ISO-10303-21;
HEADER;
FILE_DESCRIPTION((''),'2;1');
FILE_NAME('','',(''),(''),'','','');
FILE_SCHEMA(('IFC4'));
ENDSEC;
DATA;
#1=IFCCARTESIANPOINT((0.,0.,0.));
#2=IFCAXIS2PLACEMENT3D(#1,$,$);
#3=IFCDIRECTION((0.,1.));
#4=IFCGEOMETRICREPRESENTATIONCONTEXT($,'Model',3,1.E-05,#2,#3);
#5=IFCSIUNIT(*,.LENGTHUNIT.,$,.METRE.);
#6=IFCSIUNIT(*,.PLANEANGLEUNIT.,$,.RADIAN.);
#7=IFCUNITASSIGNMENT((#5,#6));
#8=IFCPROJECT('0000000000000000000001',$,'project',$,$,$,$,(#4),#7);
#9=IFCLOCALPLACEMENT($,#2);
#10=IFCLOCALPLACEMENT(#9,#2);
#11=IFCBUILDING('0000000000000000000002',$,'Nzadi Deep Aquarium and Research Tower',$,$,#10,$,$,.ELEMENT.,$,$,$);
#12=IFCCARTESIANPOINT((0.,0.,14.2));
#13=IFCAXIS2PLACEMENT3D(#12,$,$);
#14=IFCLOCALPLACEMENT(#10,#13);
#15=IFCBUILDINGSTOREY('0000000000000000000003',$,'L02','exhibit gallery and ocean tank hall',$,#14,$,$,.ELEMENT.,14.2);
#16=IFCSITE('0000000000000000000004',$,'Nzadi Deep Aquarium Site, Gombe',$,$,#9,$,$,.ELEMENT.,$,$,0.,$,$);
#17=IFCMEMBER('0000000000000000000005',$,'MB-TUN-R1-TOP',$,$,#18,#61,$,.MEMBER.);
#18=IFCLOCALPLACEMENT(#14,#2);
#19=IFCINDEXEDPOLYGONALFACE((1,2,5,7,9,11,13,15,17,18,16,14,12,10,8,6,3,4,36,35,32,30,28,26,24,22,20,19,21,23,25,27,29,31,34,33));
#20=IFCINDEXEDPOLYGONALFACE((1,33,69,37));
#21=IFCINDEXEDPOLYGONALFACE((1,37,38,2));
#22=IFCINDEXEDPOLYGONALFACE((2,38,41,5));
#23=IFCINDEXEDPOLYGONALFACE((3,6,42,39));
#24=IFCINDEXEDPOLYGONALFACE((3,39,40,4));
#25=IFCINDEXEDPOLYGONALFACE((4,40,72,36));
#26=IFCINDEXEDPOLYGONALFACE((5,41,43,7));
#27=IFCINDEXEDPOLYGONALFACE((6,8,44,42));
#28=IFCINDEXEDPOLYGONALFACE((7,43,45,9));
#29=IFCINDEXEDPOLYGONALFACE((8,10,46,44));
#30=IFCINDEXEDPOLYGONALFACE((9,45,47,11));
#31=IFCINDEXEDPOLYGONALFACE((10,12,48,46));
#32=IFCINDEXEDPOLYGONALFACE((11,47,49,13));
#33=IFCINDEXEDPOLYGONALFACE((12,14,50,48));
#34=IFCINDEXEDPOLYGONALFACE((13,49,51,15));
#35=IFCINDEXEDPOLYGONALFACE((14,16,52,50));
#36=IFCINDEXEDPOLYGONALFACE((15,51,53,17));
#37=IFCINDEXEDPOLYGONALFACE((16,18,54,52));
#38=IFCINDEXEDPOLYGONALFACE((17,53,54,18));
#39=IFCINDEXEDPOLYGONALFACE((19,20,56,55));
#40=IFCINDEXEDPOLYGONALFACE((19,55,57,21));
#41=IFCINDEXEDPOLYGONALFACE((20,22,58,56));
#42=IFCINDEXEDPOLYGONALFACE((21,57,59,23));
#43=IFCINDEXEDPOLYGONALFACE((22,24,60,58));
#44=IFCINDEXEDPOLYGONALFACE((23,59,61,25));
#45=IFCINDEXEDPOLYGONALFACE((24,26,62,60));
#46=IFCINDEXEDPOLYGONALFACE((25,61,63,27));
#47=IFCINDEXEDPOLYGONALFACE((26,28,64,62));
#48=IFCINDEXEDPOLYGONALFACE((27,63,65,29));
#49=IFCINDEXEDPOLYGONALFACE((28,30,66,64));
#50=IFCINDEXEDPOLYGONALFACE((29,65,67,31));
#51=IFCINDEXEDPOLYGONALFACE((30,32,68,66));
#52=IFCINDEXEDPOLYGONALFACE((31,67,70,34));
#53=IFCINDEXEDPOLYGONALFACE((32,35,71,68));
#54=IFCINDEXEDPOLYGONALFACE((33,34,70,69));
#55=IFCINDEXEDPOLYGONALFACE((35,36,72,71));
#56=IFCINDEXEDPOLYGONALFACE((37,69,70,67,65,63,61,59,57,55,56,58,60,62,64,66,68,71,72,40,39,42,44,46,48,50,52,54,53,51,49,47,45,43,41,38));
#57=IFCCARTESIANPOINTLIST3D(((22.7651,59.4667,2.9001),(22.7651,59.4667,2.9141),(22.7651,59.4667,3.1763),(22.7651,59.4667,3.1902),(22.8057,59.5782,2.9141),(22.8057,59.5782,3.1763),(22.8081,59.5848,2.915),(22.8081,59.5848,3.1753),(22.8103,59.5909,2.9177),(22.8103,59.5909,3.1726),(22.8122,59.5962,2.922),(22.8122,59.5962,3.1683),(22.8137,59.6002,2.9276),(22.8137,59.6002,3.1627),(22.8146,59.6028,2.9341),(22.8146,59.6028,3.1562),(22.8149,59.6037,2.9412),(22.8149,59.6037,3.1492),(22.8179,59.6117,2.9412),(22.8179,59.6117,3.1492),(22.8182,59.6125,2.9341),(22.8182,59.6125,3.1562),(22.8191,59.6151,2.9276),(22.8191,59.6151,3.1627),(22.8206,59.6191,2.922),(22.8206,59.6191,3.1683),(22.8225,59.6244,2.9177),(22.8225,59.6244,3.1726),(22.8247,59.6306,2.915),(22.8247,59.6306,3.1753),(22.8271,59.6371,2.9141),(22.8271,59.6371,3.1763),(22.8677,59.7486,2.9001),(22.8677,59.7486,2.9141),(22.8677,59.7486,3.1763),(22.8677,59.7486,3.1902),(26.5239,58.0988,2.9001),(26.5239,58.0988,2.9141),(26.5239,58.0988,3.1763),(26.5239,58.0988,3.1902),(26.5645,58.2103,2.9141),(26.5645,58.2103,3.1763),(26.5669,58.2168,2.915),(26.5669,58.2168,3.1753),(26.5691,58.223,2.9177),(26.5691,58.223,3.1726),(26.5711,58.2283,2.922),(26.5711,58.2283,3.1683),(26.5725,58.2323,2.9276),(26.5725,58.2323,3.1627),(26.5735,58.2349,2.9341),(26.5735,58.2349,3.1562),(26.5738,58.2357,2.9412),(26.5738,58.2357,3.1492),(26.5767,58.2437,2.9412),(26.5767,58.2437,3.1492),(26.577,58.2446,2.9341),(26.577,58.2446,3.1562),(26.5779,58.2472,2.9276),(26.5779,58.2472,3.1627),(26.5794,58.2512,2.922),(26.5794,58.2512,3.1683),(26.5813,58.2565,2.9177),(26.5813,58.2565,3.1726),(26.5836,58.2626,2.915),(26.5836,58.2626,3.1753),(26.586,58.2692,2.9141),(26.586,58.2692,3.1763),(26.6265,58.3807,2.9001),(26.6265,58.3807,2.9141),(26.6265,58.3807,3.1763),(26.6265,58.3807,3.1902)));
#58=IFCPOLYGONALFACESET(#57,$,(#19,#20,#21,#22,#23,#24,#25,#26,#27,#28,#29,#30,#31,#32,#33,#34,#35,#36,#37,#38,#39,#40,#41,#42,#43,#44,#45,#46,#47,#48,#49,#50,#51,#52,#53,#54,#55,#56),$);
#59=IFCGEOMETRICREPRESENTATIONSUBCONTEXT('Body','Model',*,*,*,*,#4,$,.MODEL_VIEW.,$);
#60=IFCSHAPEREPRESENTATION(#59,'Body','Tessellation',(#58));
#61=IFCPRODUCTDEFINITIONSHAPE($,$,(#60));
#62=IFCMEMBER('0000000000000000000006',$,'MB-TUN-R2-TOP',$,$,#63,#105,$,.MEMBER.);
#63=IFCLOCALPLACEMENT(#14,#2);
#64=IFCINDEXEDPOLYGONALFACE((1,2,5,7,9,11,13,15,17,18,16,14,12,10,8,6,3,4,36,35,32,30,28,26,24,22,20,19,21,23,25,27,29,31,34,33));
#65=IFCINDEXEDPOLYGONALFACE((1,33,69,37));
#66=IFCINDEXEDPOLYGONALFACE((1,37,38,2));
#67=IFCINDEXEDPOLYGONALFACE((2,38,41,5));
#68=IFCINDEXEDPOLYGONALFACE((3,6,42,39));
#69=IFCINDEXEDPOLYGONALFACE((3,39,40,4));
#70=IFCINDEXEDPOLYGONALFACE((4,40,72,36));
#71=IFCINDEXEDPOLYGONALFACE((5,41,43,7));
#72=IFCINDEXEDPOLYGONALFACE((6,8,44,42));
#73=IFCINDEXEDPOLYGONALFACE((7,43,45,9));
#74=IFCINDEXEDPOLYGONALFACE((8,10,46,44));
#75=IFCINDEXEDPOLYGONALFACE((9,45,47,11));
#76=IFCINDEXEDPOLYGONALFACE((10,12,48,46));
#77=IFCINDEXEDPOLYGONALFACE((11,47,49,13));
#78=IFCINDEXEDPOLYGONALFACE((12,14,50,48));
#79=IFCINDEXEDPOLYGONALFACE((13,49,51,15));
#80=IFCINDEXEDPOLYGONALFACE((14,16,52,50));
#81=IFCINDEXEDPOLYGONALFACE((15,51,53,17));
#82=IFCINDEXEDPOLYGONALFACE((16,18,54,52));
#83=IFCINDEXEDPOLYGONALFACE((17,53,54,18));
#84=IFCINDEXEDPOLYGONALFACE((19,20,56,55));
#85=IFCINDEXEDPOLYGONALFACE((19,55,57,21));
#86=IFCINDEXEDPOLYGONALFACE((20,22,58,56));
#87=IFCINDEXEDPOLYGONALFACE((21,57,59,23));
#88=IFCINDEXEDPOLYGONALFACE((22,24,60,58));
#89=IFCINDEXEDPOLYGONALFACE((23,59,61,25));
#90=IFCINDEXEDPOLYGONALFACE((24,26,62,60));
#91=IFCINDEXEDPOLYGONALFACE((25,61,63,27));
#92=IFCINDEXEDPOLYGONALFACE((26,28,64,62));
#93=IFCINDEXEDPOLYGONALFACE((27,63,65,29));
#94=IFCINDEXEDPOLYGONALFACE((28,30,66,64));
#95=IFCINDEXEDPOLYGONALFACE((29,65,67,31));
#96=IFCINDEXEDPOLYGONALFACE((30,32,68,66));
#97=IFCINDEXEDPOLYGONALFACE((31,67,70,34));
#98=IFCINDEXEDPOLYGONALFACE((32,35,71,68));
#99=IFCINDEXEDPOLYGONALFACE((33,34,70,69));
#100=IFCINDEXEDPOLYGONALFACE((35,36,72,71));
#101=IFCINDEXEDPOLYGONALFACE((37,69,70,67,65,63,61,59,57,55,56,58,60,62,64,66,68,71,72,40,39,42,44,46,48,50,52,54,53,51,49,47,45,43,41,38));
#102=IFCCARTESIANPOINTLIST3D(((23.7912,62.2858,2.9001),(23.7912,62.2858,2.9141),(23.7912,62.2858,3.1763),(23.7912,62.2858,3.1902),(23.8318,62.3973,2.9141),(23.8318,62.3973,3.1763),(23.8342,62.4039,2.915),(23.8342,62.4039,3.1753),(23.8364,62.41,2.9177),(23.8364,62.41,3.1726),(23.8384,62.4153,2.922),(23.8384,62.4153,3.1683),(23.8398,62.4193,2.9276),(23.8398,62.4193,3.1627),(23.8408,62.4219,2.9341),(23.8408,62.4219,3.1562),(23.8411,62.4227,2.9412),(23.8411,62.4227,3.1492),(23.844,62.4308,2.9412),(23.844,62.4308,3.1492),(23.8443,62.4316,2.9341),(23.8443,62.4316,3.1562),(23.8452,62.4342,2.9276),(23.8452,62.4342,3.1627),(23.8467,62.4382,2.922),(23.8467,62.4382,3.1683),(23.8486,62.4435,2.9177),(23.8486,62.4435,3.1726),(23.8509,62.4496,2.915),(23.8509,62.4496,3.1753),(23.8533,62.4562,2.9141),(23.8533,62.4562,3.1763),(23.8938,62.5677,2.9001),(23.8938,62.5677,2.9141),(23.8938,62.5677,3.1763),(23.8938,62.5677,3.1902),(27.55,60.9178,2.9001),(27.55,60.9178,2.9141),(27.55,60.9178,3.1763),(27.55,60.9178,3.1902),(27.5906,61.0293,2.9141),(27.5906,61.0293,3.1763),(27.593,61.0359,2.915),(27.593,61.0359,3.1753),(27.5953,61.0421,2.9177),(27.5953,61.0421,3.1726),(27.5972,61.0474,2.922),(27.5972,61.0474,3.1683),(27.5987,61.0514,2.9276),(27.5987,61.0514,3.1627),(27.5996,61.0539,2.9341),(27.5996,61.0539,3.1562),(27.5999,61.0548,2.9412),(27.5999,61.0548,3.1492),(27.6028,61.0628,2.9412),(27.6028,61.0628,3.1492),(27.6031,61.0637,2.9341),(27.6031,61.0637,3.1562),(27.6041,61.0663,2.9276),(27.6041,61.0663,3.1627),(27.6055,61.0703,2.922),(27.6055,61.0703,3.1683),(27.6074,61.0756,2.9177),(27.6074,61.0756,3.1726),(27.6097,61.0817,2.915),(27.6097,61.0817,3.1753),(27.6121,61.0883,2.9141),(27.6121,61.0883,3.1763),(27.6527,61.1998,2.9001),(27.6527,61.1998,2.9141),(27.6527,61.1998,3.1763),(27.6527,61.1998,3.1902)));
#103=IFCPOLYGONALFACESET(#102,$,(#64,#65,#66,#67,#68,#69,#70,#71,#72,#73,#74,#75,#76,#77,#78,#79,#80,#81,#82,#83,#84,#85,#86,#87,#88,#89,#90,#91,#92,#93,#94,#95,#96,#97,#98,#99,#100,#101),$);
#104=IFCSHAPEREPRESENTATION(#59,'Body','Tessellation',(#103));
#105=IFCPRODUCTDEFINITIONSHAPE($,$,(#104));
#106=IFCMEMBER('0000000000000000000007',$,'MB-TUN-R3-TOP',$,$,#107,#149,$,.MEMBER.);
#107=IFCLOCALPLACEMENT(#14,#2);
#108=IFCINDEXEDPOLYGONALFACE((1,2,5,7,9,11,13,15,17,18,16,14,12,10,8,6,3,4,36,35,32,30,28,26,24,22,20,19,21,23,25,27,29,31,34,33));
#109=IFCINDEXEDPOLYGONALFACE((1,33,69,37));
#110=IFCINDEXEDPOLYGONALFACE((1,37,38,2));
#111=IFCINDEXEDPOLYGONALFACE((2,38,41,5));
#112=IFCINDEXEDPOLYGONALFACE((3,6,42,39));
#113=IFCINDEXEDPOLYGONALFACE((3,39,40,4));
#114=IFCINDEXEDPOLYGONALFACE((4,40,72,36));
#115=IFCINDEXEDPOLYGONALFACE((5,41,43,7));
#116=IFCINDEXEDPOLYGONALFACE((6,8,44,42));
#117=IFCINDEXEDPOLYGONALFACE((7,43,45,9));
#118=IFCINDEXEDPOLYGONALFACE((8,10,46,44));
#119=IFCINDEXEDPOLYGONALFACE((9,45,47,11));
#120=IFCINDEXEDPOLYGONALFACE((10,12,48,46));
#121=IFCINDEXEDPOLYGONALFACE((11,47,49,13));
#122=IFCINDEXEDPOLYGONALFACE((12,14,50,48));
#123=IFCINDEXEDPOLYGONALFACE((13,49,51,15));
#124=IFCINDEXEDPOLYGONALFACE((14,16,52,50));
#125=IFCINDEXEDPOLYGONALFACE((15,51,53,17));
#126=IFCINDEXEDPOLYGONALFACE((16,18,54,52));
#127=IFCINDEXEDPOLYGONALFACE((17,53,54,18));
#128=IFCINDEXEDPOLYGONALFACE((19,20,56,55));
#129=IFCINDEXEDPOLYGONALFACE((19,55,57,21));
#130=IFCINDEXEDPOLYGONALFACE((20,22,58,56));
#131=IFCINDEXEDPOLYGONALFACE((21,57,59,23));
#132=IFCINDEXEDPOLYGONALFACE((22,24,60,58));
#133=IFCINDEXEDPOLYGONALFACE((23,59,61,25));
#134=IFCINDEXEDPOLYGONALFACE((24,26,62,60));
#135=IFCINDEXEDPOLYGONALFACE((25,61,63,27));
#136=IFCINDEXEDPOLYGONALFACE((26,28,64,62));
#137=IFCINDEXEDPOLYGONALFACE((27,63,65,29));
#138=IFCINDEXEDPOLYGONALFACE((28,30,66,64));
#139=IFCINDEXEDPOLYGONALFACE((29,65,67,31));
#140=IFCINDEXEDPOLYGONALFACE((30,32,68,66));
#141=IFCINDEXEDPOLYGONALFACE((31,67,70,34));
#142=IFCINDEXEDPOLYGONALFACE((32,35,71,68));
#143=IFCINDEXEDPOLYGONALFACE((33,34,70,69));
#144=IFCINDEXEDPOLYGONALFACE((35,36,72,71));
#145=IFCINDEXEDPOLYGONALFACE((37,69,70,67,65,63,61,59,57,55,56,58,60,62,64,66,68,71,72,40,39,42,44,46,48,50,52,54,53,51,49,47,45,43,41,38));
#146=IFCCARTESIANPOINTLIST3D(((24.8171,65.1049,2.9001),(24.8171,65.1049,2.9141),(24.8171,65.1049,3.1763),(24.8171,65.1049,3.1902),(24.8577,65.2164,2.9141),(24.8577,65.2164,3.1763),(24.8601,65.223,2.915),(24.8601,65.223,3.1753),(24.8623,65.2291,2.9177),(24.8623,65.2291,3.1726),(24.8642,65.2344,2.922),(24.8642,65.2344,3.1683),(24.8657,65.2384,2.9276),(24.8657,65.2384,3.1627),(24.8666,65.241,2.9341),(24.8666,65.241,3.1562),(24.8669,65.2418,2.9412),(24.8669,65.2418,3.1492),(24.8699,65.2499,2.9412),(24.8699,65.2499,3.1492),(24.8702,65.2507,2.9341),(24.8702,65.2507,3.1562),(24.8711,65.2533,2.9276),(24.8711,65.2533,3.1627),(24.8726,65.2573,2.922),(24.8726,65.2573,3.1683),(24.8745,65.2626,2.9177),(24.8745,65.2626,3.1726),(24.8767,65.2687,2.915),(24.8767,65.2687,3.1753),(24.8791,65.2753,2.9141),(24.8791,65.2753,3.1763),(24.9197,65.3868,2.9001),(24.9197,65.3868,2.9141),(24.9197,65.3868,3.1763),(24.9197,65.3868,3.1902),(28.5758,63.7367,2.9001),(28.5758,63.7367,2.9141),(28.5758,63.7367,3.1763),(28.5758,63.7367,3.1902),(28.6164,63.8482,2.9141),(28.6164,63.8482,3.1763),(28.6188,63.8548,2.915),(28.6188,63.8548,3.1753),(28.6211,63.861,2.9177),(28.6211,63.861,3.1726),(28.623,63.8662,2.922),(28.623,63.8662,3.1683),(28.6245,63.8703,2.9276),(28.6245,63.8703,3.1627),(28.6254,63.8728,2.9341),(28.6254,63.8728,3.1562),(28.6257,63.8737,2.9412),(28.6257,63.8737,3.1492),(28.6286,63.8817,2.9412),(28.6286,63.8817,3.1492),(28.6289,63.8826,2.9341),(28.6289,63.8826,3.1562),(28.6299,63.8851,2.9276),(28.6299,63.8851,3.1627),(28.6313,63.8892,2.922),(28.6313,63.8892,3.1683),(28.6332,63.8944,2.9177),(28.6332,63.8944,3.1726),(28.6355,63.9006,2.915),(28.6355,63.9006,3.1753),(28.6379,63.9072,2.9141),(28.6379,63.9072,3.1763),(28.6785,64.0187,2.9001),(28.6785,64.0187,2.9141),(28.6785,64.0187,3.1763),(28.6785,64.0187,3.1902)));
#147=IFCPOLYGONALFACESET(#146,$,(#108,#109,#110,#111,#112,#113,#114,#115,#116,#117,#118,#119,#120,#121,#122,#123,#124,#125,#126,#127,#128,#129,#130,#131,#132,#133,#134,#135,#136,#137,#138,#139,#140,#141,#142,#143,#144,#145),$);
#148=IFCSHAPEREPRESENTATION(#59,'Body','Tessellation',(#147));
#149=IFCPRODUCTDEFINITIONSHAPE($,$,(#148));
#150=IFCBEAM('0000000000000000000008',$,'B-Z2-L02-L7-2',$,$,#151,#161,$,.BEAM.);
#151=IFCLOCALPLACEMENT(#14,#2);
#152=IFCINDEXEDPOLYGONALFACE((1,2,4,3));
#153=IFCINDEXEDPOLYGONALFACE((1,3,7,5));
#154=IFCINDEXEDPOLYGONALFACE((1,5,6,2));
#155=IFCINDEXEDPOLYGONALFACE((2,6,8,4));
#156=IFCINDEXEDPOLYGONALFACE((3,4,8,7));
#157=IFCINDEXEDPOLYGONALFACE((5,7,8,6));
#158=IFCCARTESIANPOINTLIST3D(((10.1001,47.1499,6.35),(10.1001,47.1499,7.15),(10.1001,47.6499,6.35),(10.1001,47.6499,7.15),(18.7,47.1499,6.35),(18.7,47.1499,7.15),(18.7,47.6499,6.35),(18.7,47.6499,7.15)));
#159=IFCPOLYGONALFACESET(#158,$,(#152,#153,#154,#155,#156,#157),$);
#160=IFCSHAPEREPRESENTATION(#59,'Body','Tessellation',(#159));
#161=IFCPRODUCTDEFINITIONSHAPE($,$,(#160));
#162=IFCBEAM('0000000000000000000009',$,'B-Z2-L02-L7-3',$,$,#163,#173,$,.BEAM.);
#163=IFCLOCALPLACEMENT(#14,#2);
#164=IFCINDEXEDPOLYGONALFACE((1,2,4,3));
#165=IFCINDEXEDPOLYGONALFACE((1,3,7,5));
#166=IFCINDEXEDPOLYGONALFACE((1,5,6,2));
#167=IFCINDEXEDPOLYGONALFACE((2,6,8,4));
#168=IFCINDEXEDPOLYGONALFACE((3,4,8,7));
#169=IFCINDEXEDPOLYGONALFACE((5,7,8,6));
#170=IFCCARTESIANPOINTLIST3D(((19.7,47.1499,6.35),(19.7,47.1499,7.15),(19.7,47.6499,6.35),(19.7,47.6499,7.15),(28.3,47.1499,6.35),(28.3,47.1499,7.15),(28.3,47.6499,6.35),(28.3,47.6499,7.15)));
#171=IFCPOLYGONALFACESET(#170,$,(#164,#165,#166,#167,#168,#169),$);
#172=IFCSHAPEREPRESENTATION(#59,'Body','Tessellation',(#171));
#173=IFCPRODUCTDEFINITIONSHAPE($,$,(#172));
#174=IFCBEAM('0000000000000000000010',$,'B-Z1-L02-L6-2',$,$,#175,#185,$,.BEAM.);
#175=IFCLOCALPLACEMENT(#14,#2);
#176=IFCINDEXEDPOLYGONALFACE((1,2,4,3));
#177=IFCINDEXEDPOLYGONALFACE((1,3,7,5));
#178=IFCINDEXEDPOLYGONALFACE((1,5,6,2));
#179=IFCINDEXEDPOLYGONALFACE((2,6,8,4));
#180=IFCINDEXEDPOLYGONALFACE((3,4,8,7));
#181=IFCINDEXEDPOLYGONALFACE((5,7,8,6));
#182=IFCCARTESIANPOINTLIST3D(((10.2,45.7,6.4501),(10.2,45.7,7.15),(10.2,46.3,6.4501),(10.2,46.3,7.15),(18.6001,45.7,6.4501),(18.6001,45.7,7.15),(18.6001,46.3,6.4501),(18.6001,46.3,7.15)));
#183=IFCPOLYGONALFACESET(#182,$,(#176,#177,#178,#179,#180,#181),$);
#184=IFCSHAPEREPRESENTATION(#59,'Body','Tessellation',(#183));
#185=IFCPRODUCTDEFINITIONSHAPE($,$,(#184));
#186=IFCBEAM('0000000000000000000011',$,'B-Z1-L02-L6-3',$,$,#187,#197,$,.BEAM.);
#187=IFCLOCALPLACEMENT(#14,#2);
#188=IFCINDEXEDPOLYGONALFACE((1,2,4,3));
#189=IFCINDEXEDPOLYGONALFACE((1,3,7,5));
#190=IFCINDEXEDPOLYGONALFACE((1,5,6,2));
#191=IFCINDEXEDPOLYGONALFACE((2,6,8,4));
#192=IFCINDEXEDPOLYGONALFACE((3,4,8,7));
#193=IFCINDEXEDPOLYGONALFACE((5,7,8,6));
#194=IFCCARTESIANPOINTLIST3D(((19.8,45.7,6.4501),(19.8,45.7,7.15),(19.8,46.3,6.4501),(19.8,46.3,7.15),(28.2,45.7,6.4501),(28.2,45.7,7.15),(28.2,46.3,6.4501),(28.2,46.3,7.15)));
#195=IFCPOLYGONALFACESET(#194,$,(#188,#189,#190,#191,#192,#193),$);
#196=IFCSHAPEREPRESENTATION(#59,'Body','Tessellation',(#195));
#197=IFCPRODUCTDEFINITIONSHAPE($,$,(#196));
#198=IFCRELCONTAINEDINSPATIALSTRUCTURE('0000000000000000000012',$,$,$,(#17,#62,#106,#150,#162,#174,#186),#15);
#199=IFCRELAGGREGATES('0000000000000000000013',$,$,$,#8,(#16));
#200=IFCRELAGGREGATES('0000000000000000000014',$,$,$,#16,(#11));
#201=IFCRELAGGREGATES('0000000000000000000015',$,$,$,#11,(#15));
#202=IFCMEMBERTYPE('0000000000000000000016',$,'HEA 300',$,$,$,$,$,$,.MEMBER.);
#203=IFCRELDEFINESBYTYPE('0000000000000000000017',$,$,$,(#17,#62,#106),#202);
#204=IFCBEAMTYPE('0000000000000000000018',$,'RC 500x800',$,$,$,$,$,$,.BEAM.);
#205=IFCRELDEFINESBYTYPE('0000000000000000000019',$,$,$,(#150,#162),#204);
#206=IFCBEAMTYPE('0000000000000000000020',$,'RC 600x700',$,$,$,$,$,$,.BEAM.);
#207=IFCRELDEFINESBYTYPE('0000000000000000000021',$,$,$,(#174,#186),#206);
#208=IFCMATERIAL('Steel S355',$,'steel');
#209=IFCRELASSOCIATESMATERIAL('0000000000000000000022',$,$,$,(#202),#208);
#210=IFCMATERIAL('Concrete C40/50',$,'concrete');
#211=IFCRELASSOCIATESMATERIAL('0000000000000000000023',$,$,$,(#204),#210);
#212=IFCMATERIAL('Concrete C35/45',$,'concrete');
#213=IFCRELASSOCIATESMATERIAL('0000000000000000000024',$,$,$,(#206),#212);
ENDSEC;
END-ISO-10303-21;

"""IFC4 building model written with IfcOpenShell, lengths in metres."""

from ifc_helpers import new_model, si_unit, direction, frame, origin, origin_2d, place, context, subcontext, project, spatial, rectangle, i_section, extrude, material, material_profile, profile_set, type_object, element, save


model = new_model("IFC4")

# Units and contexts
model_context = context("Model", 3, precision=1e-05, world=origin(), true_north=direction((0.0, 1.0)))
body_context = subcontext(model_context, "Body", "Model", "MODEL_VIEW")
ifc_project = project(units=[si_unit("LENGTHUNIT", "METRE"), si_unit("PLANEANGLEUNIT", "RADIAN")], contexts=[model_context])

# Site, building, storey
site_placement = place(None, origin())
site = spatial("IfcSite", under=ifc_project, at=site_placement, Name="Nzadi Deep Aquarium Site, Gombe", CompositionType="ELEMENT", RefElevation=0.0)
building_placement = place(site_placement, origin())
building = spatial("IfcBuilding", under=site, at=building_placement, Name="Nzadi Deep Aquarium and Research Tower", CompositionType="ELEMENT")
storey_placement = place(building_placement, frame((0.0, 0.0, 14.2)))
storey = spatial("IfcBuildingStorey", under=building, at=storey_placement, Name="L02", Description="exhibit gallery and ocean tank hall", CompositionType="ELEMENT", Elevation=14.2)

# Members
ifc_material_1 = material(Name="Steel S355", Category="steel")
ifc_material_profile_1 = material_profile(ifc_material_1, i_section(OverallWidth=0.3, OverallDepth=0.29, WebThickness=0.0085, FlangeThickness=0.0139, FilletRadius=0.0271, at=origin_2d()))
ifc_profile_set_1 = profile_set([ifc_material_profile_1], Name="Steel S355")
member_type_1 = type_object("IfcMemberType", Name="HEA 300", PredefinedType="MEMBER", material=ifc_profile_set_1)
for number, where, z_axis, x_axis, name in (
    (1, (22.8164, 59.6077, 3.0452), (0.939706, -0.341983, 0.0), (0.341983, 0.939706, 0.0), "MB-TUN-R1-TOP"),
    (2, (23.8425, 62.4268, 3.0452), (0.939706, -0.341983, 0.0), (0.341983, 0.939706, 0.0), "MB-TUN-R2-TOP"),
    (3, (24.8684, 65.2458, 3.0452), (0.939686, -0.342037, 0.0), (0.342037, 0.939686, 0.0), "MB-TUN-R3-TOP"),
):
    element("IfcMember", number, at=place(storey_placement, frame(where, z_axis=z_axis, x_axis=x_axis)), inside=storey, type_object=member_type_1, Name=name, PredefinedType="MEMBER", context=body_context, shape_type="SweptSolid", body=[
        extrude(i_section(OverallWidth=0.3, OverallDepth=0.29, WebThickness=0.0085, FlangeThickness=0.0139, FilletRadius=0.0271, at=origin_2d()), origin(), (0.0, 0.0, 1.0), 4.0),
    ])

# Beams
ifc_material_2 = material(Name="Concrete C40/50", Category="concrete")
ifc_material_profile_2 = material_profile(ifc_material_2, rectangle(XDim=0.5, YDim=0.8, at=origin_2d()))
ifc_profile_set_2 = profile_set([ifc_material_profile_2], Name="Concrete C40/50")
beam_type_1 = type_object("IfcBeamType", Name="RC 500x800", PredefinedType="BEAM", material=ifc_profile_set_2)
beam_1_placement = place(storey_placement, frame((10.1001, 47.3999, 6.75), z_axis=(1.0, 0.0, 0.0), x_axis=(0.0, 1.0, 0.0)))
element("IfcBeam", 4, at=beam_1_placement, inside=storey, type_object=beam_type_1, Name="B-Z2-L02-L7-2", PredefinedType="BEAM", context=body_context, shape_type="SweptSolid", body=[
    extrude(rectangle(XDim=0.5, YDim=0.8, at=origin_2d()), origin(), (0.0, 0.0, 1.0), 8.5999),
])
beam_2_placement = place(storey_placement, frame((19.7, 47.3999, 6.75), z_axis=(1.0, 0.0, 0.0), x_axis=(0.0, 1.0, 0.0)))
element("IfcBeam", 5, at=beam_2_placement, inside=storey, type_object=beam_type_1, Name="B-Z2-L02-L7-3", PredefinedType="BEAM", context=body_context, shape_type="SweptSolid", body=[
    extrude(rectangle(XDim=0.5, YDim=0.8, at=origin_2d()), origin(), (0.0, 0.0, 1.0), 8.6001),
])
ifc_material_3 = material(Name="Concrete C35/45", Category="concrete")
ifc_material_profile_3 = material_profile(ifc_material_3, rectangle(XDim=0.6001, YDim=0.7, at=origin_2d()))
ifc_profile_set_3 = profile_set([ifc_material_profile_3], Name="Concrete C35/45")
beam_type_2 = type_object("IfcBeamType", Name="RC 600x700", PredefinedType="BEAM", material=ifc_profile_set_3)
beam_3_placement = place(storey_placement, frame((10.2, 46.0, 6.8), z_axis=(1.0, 0.0, 0.0), x_axis=(0.0, 1.0, 0.0)))
element("IfcBeam", 6, at=beam_3_placement, inside=storey, type_object=beam_type_2, Name="B-Z1-L02-L6-2", PredefinedType="BEAM", context=body_context, shape_type="SweptSolid", body=[
    extrude(rectangle(XDim=0.6001, YDim=0.7, at=origin_2d()), origin(), (0.0, 0.0, 1.0), 8.4001),
])
beam_4_placement = place(storey_placement, frame((19.8, 46.0, 6.8), z_axis=(1.0, 0.0, 0.0), x_axis=(0.0, 1.0, 0.0)))
element("IfcBeam", 7, at=beam_4_placement, inside=storey, type_object=beam_type_2, Name="B-Z1-L02-L6-3", PredefinedType="BEAM", context=body_context, shape_type="SweptSolid", body=[
    extrude(rectangle(XDim=0.6001, YDim=0.7, at=origin_2d()), origin(), (0.0, 0.0, 1.0), 8.3999),
])

save(model, "model.ifc")
